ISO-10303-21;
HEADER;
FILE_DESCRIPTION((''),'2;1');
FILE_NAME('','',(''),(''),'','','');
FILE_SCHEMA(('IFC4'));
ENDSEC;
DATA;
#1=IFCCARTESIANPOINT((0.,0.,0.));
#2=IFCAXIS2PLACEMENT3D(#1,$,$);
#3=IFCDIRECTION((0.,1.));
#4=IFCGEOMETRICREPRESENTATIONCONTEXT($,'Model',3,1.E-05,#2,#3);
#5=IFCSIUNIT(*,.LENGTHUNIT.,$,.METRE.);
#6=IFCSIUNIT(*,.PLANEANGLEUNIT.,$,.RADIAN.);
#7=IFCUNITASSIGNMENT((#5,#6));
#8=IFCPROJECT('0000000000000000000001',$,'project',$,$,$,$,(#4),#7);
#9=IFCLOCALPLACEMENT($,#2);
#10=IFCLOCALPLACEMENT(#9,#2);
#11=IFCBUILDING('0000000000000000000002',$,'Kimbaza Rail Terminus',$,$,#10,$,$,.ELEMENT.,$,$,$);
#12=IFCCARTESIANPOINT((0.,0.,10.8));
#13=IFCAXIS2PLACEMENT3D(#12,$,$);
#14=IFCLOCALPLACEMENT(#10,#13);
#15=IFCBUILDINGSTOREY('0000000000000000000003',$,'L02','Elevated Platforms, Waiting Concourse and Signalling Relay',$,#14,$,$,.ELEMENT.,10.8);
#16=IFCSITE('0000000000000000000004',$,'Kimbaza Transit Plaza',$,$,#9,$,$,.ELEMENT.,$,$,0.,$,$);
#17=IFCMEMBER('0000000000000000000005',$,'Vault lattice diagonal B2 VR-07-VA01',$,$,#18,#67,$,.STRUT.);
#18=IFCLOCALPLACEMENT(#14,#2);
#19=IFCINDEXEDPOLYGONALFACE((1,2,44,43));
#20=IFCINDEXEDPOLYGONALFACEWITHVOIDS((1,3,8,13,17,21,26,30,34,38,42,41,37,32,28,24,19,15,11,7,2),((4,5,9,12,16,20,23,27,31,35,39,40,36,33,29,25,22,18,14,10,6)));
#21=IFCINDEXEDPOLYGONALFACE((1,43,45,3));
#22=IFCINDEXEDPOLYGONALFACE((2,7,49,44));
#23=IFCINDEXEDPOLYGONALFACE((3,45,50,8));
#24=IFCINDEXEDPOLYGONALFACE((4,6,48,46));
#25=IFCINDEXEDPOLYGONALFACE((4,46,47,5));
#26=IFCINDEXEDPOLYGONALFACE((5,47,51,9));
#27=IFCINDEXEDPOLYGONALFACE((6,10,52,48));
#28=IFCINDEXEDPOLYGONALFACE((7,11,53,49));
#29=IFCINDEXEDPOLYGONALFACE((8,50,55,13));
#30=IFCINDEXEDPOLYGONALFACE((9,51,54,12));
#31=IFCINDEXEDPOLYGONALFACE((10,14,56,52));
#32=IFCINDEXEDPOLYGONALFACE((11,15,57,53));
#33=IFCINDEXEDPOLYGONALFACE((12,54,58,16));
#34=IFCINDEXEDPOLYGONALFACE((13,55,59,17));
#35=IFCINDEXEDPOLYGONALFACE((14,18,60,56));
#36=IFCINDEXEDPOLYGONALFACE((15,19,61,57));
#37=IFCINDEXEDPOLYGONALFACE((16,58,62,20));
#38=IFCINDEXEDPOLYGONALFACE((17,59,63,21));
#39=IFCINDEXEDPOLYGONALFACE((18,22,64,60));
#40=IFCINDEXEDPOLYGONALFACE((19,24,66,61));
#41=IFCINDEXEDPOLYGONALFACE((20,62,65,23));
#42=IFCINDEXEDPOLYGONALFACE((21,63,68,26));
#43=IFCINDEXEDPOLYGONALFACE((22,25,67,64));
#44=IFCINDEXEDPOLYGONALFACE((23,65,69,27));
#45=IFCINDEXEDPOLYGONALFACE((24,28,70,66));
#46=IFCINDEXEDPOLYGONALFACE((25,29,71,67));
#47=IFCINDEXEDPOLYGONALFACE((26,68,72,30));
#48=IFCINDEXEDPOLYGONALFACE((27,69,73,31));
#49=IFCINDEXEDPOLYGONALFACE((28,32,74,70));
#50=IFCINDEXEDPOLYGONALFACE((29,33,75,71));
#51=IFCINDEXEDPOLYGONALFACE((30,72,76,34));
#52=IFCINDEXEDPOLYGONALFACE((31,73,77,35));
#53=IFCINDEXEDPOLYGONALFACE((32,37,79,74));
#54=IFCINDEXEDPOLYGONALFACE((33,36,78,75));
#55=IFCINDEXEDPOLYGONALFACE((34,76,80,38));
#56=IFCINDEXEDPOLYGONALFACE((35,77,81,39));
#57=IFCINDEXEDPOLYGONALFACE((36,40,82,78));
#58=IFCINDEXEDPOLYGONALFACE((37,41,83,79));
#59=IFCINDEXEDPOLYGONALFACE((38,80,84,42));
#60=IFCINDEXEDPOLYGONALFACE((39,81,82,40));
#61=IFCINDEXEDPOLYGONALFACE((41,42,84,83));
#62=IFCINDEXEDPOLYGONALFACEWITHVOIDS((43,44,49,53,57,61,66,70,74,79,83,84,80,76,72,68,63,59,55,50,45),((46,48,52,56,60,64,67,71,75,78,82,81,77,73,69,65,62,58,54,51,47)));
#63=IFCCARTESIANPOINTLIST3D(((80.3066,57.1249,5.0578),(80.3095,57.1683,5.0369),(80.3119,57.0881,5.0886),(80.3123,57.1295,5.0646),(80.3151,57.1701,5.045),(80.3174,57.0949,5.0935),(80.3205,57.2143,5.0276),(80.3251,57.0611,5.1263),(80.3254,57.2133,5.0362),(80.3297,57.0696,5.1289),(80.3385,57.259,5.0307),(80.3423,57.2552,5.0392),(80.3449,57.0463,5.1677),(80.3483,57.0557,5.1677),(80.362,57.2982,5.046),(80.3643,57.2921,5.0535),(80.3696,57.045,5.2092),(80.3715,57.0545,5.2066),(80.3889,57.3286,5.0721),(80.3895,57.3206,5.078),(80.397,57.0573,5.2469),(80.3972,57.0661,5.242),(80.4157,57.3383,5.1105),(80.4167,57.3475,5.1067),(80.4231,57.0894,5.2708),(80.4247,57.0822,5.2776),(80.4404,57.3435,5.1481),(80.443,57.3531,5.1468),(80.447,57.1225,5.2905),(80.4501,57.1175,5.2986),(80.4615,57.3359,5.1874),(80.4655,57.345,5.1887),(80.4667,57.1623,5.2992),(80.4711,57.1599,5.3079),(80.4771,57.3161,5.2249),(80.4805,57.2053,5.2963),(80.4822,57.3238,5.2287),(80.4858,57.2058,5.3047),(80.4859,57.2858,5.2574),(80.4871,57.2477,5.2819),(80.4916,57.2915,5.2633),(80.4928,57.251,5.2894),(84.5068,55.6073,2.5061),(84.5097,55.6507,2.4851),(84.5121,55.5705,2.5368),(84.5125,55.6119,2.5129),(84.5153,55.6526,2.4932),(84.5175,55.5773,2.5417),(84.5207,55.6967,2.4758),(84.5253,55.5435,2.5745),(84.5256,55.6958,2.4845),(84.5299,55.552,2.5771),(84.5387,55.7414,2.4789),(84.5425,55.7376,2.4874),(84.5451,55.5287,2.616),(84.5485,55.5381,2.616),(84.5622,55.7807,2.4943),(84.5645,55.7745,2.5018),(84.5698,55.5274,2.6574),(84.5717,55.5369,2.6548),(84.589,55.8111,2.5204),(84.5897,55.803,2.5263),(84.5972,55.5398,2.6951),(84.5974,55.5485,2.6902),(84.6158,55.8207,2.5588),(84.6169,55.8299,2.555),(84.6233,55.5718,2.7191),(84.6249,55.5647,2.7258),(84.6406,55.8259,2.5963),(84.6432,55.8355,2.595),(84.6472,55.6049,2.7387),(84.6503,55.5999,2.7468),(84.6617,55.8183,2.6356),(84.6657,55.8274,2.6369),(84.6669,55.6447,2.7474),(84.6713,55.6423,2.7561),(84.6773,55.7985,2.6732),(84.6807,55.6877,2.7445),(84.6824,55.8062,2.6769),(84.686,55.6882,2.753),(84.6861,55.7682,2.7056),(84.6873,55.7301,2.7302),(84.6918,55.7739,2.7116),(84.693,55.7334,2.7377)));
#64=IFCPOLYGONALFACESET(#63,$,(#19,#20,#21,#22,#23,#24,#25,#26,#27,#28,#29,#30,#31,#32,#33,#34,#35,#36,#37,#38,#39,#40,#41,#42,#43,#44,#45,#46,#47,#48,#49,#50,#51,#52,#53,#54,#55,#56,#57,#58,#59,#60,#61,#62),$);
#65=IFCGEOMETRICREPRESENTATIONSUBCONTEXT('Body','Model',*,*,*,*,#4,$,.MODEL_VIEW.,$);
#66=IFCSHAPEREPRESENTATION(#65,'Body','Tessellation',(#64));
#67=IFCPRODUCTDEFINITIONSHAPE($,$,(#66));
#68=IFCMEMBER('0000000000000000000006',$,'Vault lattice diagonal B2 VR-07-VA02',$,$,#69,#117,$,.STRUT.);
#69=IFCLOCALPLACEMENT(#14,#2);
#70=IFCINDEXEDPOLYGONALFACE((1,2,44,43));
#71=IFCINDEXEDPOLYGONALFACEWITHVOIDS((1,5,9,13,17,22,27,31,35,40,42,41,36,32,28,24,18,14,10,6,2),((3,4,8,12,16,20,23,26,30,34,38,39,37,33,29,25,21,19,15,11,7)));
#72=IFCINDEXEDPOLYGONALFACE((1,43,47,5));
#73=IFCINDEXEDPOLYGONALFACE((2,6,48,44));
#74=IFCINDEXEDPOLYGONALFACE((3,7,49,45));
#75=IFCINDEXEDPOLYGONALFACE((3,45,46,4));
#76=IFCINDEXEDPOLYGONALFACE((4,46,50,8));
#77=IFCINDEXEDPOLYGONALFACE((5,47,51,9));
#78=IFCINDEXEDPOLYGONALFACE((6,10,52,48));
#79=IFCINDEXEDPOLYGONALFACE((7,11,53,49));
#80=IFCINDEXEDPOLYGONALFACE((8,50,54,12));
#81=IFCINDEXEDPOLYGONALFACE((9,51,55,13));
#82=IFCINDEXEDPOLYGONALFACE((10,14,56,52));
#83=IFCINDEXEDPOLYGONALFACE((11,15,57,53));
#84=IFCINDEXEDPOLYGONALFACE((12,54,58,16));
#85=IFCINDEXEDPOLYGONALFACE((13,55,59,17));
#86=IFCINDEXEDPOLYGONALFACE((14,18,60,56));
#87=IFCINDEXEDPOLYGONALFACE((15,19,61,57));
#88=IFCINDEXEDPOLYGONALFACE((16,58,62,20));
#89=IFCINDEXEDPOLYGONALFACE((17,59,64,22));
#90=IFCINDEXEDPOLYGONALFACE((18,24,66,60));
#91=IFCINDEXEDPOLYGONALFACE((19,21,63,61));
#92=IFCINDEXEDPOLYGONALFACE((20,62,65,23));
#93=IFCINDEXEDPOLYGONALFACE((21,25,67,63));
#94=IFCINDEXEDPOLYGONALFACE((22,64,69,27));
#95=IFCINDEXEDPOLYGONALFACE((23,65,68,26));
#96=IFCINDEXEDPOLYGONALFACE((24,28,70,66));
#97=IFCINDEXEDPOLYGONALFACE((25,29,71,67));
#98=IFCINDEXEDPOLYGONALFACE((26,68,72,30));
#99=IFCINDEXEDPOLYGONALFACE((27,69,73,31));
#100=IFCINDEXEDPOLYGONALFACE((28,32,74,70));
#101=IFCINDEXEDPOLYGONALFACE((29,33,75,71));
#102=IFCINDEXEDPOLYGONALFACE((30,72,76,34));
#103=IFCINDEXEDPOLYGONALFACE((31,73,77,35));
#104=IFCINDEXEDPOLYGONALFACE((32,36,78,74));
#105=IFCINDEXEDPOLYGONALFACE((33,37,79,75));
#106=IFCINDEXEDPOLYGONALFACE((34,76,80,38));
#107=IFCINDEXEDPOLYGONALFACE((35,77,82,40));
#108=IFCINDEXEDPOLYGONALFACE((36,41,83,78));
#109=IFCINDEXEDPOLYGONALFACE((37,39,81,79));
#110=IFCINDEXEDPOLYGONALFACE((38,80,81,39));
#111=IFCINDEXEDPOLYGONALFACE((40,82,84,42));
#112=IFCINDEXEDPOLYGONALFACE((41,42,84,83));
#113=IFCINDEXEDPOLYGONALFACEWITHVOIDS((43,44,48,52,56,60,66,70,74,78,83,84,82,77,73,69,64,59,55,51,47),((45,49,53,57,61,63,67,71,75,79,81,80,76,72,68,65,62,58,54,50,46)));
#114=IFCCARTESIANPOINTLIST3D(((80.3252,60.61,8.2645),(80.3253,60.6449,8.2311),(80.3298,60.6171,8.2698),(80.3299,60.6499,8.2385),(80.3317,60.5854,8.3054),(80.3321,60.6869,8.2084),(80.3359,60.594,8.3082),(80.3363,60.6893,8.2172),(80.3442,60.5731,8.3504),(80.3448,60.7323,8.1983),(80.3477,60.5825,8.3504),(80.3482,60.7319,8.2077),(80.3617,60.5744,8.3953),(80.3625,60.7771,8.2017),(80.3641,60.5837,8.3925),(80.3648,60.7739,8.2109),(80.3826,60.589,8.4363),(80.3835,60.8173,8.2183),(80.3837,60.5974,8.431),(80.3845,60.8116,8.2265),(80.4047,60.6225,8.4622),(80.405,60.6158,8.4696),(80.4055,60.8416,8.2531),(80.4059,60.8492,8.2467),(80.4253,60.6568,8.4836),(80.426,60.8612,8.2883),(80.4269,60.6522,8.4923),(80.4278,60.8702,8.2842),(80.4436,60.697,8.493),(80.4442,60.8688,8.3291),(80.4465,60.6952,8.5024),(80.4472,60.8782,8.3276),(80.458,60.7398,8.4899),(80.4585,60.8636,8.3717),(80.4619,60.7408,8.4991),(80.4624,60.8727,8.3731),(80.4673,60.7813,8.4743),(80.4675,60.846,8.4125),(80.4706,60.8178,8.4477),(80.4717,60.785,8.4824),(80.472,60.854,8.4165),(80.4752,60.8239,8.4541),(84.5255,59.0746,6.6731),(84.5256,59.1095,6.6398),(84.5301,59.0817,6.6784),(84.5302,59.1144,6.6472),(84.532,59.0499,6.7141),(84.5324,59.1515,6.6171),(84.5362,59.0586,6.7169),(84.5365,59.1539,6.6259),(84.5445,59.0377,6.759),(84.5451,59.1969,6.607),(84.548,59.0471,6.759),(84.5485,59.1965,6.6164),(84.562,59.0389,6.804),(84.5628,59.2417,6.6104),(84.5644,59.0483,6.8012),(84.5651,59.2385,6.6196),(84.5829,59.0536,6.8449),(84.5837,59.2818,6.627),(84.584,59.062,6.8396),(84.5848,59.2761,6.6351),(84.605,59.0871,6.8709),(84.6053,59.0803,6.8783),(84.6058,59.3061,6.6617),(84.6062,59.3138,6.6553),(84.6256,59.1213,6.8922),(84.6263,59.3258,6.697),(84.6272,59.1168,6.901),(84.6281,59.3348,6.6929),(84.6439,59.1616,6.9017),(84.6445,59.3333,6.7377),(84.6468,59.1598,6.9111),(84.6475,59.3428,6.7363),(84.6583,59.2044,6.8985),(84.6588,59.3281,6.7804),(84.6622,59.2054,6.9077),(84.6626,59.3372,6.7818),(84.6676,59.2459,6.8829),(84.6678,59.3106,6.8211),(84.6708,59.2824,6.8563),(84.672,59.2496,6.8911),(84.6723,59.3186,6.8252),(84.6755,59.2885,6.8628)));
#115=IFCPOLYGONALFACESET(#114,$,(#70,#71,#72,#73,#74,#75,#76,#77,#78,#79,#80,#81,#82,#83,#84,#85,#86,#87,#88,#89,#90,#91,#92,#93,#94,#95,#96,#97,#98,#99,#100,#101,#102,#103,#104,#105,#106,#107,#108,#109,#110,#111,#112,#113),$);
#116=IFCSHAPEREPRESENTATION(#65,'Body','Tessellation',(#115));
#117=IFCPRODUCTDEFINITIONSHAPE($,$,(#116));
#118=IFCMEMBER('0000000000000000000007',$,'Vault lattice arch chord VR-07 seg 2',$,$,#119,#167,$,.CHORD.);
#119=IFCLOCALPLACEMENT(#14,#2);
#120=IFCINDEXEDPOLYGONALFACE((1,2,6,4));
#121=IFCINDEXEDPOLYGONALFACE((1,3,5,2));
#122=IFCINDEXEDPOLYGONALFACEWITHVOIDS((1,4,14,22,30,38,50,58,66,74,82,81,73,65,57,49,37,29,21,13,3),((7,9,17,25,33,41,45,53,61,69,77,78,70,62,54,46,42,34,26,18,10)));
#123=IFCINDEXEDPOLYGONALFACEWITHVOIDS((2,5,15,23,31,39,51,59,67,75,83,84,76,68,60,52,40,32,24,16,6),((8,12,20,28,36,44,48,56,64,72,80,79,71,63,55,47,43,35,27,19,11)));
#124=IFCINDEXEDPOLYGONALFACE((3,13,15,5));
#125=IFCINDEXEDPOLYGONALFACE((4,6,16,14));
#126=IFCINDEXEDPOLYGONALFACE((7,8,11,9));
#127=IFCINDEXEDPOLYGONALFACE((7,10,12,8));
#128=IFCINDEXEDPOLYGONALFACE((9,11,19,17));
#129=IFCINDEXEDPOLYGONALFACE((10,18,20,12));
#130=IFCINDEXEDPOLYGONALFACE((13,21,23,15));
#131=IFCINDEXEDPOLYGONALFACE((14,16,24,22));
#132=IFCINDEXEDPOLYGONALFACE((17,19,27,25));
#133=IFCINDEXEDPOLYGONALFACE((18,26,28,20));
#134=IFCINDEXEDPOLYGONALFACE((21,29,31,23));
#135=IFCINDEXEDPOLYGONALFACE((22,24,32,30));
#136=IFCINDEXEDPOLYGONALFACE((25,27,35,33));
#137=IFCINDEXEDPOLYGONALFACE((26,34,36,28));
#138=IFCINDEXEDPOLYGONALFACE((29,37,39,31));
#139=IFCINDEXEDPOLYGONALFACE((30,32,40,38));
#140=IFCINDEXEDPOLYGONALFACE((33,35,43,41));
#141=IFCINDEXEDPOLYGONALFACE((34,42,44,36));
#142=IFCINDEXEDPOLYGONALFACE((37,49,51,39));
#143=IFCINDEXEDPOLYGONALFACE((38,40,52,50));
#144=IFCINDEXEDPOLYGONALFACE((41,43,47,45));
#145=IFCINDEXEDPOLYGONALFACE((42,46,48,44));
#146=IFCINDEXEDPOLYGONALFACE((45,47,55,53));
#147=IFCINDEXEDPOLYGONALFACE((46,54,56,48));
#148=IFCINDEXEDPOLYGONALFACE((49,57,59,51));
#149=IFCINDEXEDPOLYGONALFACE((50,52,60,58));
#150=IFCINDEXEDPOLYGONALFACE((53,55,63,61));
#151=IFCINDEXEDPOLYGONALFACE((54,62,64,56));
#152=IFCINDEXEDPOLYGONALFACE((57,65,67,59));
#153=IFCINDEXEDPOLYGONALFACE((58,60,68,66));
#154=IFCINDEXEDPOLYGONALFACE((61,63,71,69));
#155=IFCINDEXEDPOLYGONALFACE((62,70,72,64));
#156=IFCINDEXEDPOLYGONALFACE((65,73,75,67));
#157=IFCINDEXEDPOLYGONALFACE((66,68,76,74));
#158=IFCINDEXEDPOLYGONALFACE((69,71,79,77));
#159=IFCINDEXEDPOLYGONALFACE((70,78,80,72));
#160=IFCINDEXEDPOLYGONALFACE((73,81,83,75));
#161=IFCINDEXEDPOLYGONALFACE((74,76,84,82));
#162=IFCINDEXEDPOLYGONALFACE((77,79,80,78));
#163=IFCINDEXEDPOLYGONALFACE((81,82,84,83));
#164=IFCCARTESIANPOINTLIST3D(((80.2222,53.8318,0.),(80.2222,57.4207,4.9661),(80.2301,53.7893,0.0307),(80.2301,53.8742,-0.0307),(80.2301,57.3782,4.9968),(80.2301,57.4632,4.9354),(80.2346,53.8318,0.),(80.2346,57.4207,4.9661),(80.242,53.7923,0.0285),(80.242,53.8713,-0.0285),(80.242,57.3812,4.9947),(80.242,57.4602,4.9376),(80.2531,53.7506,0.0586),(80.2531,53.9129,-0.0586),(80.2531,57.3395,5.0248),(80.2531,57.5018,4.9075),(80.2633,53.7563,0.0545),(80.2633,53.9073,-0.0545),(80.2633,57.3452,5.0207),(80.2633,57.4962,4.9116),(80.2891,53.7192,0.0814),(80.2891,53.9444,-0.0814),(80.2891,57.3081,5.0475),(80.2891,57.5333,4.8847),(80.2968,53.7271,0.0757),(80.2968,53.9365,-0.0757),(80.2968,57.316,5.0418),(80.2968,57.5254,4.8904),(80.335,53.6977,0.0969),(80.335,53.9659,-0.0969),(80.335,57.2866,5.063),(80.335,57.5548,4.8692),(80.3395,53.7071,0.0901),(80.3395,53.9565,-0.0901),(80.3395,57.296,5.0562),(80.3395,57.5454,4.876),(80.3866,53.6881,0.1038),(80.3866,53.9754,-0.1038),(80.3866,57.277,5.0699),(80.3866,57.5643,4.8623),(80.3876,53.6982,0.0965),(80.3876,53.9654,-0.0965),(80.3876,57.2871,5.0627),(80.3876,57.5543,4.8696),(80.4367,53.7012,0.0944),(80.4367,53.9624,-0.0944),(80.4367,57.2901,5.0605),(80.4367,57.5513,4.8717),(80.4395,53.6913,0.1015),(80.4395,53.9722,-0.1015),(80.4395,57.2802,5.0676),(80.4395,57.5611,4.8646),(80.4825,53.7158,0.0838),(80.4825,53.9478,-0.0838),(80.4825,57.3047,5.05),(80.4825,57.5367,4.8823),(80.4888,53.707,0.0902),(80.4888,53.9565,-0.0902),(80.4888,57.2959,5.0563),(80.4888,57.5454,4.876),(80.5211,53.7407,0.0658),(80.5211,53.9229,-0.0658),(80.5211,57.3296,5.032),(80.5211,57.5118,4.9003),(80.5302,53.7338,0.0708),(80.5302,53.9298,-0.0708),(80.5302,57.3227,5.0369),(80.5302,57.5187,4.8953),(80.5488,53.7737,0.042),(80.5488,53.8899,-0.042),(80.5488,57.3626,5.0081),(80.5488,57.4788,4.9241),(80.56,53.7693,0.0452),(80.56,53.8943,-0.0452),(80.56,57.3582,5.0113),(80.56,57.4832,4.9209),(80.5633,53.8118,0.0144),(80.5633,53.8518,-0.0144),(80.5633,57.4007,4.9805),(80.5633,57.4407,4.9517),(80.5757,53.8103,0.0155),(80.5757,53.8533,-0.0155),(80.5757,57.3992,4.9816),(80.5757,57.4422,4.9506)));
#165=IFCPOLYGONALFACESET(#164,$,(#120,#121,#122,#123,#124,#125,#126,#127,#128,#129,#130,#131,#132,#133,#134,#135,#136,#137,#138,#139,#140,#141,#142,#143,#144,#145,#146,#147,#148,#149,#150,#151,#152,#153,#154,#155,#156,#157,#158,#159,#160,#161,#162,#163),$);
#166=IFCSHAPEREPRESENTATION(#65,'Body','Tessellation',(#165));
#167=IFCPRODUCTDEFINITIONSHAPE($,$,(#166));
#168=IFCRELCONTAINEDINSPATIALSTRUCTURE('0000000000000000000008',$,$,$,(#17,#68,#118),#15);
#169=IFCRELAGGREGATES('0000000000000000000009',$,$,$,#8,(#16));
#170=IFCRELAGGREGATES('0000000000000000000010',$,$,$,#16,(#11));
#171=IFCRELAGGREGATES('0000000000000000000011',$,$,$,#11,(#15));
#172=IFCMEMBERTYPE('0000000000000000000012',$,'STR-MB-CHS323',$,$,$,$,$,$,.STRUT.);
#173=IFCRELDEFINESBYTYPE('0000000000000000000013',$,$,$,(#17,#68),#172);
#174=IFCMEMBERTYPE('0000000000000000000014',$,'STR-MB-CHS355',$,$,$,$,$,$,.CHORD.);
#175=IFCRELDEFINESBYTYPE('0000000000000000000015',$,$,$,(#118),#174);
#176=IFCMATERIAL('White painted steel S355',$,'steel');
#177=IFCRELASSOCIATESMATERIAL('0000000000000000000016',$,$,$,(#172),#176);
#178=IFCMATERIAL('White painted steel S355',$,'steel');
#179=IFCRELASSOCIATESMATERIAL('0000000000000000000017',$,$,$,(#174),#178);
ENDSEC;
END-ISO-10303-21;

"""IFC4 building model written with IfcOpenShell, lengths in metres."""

from ifc_helpers import new_model, si_unit, direction, frame, origin, origin_2d, place, context, subcontext, project, spatial, hollow_circle, extrude, material, material_profile, profile_set, type_object, element, save


model = new_model("IFC4")

# Units and contexts
model_context = context("Model", 3, precision=1e-05, world=origin(), true_north=direction((0.0, 1.0)))
body_context = subcontext(model_context, "Body", "Model", "MODEL_VIEW")
ifc_project = project(units=[si_unit("LENGTHUNIT", "METRE"), si_unit("PLANEANGLEUNIT", "RADIAN")], contexts=[model_context])

# Site, building, storey
site_placement = place(None, origin())
site = spatial("IfcSite", under=ifc_project, at=site_placement, Name="Kimbaza Transit Plaza", CompositionType="ELEMENT", RefElevation=0.0)
building_placement = place(site_placement, origin())
building = spatial("IfcBuilding", under=site, at=building_placement, Name="Kimbaza Rail Terminus", CompositionType="ELEMENT")
storey_placement = place(building_placement, frame((0.0, 0.0, 10.8)))
storey = spatial("IfcBuildingStorey", under=building, at=storey_placement, Name="L02", Description="Elevated Platforms, Waiting Concourse and Signalling Relay", CompositionType="ELEMENT", Elevation=10.8)

# Members
ifc_material_1 = material(Name="White painted steel S355", Category="steel")
ifc_material_profile_1 = material_profile(ifc_material_1, hollow_circle(Radius=0.1619, WallThickness=0.01, at=origin_2d()), Name="CHS 323.9x10")
ifc_profile_set_1 = profile_set([ifc_material_profile_1], Name="White painted steel S355")
member_type_1 = type_object("IfcMemberType", Name="STR-MB-CHS323", PredefinedType="STRUT", material=ifc_profile_set_1)
member_1_placement = place(storey_placement, frame((84.6001, 55.6809, 2.616), z_axis=(-0.816594, 0.295045, 0.496108), x_axis=(-0.339811, -0.940494, 0.0)))
element("IfcMember", 1, at=member_1_placement, inside=storey, type_object=member_type_1, Name="Vault lattice diagonal B2 VR-07-VA01", PredefinedType="STRUT", context=body_context, shape_type="SweptSolid", body=[
    extrude(hollow_circle(Radius=0.1619, WallThickness=0.01, at=origin_2d()), origin(), (0.0, 0.0, 1.0), 5.1436),
])
member_2_placement = place(storey_placement, frame((84.6001, 59.1897, 6.759), z_axis=(-0.884863, 0.323465, 0.335244), x_axis=(-0.343334, -0.939213, 0.0)))
element("IfcMember", 2, at=member_2_placement, inside=storey, type_object=member_type_1, Name="Vault lattice diagonal B2 VR-07-VA02", PredefinedType="STRUT", context=body_context, shape_type="SweptSolid", body=[
    extrude(hollow_circle(Radius=0.1619, WallThickness=0.01, at=origin_2d()), origin(), (0.0, 0.0, 1.0), 4.7468),
])
ifc_material_2 = material(Name="White painted steel S355", Category="steel")
ifc_material_profile_2 = material_profile(ifc_material_2, hollow_circle(Radius=0.1777, WallThickness=0.0125, at=origin_2d()), Name="CHS 355.6x12.5")
ifc_profile_set_2 = profile_set([ifc_material_profile_2], Name="White painted steel S355")
member_type_2 = type_object("IfcMemberType", Name="STR-MB-CHS355", PredefinedType="CHORD", material=ifc_profile_set_2)
member_3_placement = place(storey_placement, frame((80.3999, 53.8318, 0.0), z_axis=(0.0, 0.585733, 0.810504), x_axis=(-1.0, 0.0, 0.0)))
element("IfcMember", 3, at=member_3_placement, inside=storey, type_object=member_type_2, Name="Vault lattice arch chord VR-07 seg 2", PredefinedType="CHORD", context=body_context, shape_type="SweptSolid", body=[
    extrude(hollow_circle(Radius=0.1777, WallThickness=0.0125, at=origin_2d()), origin(), (0.0, 0.0, 1.0), 6.1272),
])

save(model, "model.ifc")
